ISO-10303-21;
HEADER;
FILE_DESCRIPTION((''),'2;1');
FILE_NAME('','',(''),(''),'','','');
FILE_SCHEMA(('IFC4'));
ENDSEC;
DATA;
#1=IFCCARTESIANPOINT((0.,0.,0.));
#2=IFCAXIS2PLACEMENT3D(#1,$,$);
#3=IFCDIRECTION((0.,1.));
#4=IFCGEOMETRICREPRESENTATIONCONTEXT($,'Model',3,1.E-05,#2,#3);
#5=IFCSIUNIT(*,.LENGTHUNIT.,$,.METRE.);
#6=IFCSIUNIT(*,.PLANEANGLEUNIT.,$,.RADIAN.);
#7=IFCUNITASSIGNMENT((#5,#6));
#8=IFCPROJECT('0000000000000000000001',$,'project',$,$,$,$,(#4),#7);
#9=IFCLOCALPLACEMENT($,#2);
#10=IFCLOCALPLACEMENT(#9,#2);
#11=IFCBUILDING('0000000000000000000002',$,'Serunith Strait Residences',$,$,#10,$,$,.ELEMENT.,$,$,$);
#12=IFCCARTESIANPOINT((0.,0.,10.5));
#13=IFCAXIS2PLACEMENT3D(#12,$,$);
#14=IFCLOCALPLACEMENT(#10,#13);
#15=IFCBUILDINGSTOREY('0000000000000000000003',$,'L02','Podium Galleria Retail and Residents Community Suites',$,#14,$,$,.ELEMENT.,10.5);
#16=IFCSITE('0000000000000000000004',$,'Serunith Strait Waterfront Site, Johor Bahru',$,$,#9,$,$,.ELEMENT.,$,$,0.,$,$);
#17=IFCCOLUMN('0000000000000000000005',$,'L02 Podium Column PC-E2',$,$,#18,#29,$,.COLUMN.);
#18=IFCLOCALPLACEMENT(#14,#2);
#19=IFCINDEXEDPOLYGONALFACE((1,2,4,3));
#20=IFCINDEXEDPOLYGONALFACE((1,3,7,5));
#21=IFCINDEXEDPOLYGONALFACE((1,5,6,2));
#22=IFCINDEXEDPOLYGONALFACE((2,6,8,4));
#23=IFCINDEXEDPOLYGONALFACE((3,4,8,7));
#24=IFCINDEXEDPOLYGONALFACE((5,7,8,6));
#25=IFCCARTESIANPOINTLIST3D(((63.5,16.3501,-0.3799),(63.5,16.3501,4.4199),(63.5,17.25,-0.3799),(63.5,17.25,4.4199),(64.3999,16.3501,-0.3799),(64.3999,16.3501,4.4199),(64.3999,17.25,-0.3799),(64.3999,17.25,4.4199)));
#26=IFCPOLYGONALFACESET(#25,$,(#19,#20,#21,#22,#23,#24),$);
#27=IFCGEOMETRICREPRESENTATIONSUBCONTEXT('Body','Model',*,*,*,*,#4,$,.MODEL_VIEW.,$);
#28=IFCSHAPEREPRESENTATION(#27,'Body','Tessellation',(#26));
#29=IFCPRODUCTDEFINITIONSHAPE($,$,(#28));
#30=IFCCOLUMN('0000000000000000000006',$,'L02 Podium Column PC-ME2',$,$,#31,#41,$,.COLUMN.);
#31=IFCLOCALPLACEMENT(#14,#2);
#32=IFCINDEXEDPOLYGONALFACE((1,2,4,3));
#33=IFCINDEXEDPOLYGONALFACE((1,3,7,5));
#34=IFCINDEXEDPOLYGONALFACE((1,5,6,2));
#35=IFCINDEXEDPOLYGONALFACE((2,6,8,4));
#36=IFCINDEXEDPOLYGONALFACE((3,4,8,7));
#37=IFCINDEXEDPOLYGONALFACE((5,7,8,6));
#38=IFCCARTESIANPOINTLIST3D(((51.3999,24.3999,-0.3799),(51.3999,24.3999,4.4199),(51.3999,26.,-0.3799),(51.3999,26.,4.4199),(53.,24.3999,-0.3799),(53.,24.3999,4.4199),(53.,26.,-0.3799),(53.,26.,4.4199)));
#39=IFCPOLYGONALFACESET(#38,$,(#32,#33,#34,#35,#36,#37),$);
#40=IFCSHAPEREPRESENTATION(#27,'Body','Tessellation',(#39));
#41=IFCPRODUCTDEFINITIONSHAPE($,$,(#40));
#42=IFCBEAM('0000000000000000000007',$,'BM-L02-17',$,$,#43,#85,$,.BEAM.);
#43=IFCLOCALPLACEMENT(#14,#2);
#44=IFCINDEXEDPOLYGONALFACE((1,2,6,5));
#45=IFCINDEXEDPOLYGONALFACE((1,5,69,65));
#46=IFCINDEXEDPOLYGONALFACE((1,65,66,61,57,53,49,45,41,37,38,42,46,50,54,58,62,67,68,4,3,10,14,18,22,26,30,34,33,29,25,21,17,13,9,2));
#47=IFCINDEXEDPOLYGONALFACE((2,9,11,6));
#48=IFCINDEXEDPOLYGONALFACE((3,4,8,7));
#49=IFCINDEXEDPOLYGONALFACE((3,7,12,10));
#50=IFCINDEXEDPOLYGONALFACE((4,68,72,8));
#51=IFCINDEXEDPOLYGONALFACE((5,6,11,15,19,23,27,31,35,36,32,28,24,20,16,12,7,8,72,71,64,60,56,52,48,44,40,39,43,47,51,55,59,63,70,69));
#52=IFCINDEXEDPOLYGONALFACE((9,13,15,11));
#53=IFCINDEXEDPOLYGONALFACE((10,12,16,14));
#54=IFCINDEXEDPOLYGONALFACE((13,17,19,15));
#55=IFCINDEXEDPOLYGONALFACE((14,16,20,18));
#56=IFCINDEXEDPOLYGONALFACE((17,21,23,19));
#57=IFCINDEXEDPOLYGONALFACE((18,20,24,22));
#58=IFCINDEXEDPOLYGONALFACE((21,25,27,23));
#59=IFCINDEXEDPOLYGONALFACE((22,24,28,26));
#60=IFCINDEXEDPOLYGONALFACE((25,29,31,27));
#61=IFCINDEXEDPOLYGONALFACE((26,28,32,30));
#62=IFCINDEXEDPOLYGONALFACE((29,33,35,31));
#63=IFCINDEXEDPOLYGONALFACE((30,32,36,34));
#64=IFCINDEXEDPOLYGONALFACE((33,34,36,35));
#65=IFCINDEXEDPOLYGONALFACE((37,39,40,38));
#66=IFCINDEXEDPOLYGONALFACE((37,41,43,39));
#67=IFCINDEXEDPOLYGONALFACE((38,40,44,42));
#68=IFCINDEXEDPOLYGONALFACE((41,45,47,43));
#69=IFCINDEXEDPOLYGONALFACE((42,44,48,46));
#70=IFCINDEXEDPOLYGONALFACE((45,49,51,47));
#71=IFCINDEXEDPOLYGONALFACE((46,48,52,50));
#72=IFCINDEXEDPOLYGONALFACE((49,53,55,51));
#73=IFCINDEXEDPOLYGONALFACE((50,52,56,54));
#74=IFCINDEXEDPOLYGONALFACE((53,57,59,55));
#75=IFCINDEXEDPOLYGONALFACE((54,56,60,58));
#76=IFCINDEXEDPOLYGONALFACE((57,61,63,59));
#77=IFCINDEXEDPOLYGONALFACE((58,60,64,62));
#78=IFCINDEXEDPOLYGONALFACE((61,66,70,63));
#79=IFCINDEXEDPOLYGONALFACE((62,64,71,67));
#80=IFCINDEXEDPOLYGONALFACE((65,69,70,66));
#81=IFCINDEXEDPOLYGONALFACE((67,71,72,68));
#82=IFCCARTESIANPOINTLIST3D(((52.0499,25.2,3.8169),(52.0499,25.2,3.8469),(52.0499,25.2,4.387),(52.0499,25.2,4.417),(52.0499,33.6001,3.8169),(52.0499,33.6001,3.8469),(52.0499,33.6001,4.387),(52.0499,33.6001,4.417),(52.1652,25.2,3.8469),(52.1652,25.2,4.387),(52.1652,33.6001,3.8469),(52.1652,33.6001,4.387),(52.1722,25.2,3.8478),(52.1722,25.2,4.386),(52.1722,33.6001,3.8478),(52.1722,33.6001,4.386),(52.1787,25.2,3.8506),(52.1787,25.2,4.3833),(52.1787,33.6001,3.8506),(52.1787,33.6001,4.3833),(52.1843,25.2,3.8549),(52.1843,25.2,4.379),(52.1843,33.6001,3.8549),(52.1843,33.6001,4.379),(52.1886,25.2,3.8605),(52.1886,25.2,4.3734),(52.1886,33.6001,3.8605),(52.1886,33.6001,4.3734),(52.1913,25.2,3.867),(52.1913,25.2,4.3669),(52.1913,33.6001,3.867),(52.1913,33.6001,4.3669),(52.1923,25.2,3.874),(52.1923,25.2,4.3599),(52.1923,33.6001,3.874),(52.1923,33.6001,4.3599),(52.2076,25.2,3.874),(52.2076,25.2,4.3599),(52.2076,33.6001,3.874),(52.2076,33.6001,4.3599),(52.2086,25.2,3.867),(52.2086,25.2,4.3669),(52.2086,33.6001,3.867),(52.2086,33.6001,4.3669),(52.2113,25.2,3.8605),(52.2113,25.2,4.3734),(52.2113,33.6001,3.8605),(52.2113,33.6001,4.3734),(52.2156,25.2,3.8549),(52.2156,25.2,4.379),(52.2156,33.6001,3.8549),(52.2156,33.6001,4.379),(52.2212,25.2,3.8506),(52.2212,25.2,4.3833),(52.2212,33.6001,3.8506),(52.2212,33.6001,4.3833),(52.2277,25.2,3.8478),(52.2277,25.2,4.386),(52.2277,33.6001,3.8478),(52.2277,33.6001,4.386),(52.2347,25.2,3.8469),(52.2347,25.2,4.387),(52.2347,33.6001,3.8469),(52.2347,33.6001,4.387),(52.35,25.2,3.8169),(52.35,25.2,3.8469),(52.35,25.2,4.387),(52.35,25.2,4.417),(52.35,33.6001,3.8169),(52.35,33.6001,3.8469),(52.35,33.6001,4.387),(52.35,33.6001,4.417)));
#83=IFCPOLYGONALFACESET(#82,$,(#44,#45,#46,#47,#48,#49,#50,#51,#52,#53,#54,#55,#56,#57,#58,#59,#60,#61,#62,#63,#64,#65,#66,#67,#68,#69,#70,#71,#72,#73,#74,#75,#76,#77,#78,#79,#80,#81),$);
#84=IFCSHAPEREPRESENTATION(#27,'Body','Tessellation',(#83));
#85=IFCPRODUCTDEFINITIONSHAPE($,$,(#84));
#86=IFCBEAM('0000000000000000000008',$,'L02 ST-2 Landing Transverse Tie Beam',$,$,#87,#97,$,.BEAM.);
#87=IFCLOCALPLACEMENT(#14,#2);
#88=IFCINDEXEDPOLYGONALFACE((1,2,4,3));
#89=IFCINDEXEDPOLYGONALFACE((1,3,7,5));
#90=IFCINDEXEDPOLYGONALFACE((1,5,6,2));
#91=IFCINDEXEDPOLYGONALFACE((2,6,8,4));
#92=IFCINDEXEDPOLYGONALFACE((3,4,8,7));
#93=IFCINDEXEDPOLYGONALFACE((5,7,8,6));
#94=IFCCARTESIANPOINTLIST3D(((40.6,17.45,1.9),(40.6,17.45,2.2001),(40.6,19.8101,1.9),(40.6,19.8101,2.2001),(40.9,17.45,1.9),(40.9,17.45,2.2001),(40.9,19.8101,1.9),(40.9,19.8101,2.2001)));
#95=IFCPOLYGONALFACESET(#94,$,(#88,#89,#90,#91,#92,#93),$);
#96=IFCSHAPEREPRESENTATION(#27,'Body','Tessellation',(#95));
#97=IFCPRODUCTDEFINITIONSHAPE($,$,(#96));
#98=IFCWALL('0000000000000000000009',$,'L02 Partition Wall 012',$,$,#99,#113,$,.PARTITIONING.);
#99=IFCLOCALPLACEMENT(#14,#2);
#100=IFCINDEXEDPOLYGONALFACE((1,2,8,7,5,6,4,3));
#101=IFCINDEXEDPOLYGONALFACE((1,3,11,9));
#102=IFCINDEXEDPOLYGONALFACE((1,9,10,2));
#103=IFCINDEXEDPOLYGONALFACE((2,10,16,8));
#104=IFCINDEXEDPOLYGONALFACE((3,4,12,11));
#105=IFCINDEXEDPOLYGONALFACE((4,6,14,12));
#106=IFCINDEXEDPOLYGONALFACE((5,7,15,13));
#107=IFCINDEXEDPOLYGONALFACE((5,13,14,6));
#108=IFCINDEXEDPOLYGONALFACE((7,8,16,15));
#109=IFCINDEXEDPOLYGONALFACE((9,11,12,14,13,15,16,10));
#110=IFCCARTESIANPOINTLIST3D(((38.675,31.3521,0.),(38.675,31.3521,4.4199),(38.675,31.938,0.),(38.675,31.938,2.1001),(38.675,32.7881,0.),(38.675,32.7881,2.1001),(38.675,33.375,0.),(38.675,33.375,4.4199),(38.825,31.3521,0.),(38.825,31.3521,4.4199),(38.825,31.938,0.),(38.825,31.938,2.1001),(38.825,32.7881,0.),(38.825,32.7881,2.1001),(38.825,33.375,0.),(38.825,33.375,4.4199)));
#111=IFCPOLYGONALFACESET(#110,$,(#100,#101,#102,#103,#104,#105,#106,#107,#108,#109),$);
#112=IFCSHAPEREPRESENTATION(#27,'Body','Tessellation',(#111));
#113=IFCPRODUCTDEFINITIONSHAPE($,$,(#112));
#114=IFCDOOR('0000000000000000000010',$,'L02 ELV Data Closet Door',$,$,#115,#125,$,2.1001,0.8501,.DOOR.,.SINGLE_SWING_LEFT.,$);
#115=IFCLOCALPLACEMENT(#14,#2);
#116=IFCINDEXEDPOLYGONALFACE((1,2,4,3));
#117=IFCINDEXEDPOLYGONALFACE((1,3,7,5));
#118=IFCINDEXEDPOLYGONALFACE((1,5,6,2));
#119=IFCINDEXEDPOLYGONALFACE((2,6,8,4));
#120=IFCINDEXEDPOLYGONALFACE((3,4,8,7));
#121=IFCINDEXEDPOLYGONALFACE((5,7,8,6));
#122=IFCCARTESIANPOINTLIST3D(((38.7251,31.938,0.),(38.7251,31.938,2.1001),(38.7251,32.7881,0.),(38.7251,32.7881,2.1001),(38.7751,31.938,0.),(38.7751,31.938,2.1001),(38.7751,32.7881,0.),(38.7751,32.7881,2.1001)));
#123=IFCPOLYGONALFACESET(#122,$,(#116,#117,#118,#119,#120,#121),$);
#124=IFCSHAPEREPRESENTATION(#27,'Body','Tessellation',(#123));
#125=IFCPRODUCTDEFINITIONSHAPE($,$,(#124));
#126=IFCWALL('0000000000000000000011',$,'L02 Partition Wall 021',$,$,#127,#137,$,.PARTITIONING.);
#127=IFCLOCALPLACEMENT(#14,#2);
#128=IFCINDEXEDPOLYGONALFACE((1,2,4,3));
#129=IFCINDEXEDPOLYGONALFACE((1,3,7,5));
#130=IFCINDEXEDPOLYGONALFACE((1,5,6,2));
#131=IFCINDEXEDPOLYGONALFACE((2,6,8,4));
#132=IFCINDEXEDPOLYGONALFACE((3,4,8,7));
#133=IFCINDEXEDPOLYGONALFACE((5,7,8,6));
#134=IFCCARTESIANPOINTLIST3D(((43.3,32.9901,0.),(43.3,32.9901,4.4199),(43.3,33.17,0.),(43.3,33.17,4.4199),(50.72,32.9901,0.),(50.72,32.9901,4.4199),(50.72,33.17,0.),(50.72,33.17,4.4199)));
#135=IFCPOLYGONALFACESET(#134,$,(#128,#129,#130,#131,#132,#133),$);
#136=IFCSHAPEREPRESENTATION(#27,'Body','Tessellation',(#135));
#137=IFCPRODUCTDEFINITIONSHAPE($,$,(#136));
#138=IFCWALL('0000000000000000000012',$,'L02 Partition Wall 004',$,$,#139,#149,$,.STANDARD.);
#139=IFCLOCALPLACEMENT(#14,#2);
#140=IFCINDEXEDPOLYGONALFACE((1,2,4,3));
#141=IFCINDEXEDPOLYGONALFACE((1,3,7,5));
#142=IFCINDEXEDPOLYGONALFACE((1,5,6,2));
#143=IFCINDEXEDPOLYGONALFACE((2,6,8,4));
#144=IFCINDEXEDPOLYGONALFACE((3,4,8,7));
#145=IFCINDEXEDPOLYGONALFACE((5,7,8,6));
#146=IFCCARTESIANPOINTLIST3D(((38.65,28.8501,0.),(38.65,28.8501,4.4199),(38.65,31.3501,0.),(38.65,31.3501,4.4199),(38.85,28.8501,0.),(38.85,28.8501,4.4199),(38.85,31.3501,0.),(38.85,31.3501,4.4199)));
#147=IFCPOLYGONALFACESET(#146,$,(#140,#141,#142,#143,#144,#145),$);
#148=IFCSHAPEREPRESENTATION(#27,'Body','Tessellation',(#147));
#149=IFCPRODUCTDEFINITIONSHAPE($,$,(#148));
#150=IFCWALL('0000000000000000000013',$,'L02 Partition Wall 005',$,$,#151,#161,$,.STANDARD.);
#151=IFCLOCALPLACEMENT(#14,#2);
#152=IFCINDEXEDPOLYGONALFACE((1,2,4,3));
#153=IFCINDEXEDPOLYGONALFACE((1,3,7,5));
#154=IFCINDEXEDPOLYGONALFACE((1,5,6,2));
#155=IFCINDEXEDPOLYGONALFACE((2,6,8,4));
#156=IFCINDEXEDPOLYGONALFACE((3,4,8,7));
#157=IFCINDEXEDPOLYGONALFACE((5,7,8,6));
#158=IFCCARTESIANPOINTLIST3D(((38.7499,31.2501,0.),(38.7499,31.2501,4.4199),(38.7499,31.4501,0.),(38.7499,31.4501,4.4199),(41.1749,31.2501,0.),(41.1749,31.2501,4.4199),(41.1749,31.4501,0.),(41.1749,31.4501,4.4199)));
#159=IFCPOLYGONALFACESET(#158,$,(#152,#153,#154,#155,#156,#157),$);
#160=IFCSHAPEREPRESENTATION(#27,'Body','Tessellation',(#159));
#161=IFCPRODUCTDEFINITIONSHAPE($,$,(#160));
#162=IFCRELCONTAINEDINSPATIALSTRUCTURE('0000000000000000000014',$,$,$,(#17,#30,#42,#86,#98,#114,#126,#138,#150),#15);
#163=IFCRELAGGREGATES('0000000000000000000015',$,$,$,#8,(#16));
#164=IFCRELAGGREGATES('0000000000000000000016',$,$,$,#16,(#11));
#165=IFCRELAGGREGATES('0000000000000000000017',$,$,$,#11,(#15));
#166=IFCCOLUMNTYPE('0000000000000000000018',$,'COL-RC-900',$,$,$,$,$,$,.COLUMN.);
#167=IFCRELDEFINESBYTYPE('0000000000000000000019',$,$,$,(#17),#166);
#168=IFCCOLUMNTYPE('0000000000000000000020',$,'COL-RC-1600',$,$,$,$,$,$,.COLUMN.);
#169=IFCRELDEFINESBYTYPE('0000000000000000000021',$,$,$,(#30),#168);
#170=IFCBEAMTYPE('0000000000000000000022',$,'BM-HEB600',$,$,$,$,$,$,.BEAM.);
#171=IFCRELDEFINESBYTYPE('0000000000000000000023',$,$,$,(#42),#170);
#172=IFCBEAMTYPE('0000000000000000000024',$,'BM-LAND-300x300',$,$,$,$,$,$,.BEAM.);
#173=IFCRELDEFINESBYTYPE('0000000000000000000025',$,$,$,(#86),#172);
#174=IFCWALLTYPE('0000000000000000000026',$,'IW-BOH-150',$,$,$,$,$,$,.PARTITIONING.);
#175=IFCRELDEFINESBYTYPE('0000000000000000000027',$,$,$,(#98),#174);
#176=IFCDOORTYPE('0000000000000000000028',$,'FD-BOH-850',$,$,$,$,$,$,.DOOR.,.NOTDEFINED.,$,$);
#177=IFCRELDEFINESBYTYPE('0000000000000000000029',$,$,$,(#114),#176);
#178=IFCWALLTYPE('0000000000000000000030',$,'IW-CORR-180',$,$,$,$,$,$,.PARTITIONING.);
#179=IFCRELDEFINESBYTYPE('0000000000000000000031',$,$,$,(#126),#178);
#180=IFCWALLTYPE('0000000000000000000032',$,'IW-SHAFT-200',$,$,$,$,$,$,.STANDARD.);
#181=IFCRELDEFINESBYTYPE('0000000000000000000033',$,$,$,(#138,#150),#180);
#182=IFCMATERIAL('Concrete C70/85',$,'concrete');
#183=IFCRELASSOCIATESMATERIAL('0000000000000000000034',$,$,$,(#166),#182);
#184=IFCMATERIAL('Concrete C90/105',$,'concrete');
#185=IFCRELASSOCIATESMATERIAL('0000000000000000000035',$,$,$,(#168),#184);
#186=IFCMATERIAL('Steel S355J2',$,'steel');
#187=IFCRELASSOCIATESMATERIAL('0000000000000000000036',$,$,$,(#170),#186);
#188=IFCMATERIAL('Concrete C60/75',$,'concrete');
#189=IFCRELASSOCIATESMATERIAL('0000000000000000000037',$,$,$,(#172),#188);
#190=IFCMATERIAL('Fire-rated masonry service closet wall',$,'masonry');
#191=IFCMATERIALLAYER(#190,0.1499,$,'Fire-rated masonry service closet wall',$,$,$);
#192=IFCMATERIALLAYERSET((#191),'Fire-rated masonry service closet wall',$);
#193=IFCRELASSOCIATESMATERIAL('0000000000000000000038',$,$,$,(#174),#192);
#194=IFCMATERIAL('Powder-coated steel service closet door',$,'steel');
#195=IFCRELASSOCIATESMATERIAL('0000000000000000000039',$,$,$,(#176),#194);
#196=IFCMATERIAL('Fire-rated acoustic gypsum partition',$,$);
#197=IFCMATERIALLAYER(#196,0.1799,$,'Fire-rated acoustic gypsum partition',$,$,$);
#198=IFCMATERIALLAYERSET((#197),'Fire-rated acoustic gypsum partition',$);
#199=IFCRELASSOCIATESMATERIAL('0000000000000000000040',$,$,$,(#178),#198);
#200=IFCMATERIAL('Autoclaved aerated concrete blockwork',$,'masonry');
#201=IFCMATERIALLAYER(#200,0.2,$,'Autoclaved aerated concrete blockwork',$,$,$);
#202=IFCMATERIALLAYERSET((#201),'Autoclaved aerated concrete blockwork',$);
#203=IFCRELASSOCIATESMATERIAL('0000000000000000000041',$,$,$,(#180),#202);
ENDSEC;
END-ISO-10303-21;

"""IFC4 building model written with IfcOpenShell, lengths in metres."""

from ifc_helpers import new_model, si_unit, direction, frame, frame_2d, origin, origin_2d, place, context, subcontext, project, spatial, rectangle, i_section, extrude, source, transform, mapped, material, layer, layer_set, material_profile, profile_set, type_object, element, fill, save


model = new_model("IFC4")

# Units and contexts
model_context = context("Model", 3, precision=1e-05, world=origin(), true_north=direction((0.0, 1.0)))
body_context = subcontext(model_context, "Body", "Model", "MODEL_VIEW")
ifc_project = project(units=[si_unit("LENGTHUNIT", "METRE"), si_unit("PLANEANGLEUNIT", "RADIAN")], contexts=[model_context])

# Site, building, storey
site_placement = place(None, origin())
site = spatial("IfcSite", under=ifc_project, at=site_placement, Name="Serunith Strait Waterfront Site, Johor Bahru", CompositionType="ELEMENT", RefElevation=0.0)
building_placement = place(site_placement, origin())
building = spatial("IfcBuilding", under=site, at=building_placement, Name="Serunith Strait Residences", CompositionType="ELEMENT")
storey_placement = place(building_placement, frame((0.0, 0.0, 10.5)))
storey = spatial("IfcBuildingStorey", under=building, at=storey_placement, Name="L02", Description="Podium Galleria Retail and Residents Community Suites", CompositionType="ELEMENT", Elevation=10.5)

# Columns
ifc_material_1 = material(Name="Concrete C70/85", Category="concrete")
ifc_material_profile_1 = material_profile(ifc_material_1, rectangle(XDim=0.8999, YDim=0.8999, at=origin_2d()), Name="RC 900x900")
ifc_profile_set_1 = profile_set([ifc_material_profile_1], Name="Concrete C70/85")
column_type_1 = type_object("IfcColumnType", Name="COL-RC-900", PredefinedType="COLUMN", material=ifc_profile_set_1)
shared_shape_1 = source(origin(), body_context, "Body", "SweptSolid", [
    extrude(rectangle(XDim=0.8999, YDim=0.8999, at=origin_2d()), origin(), (0.0, 0.0, 1.0), 4.7998),
])
column_1_placement = place(storey_placement, frame((63.95, 16.8, -0.3799), z_axis=(0.0, 0.0, 1.0), x_axis=(1.0, 0.0, 0.0)))
element("IfcColumn", 1, at=column_1_placement, inside=storey, type_object=column_type_1, Name="L02 Podium Column PC-E2", PredefinedType="COLUMN", context=body_context, shape_type="MappedRepresentation", body=[
    mapped(shared_shape_1, transform((0.0, 0.0, 0.0), scale=1.0)),
])
ifc_material_2 = material(Name="Concrete C90/105", Category="concrete")
ifc_material_profile_2 = material_profile(ifc_material_2, rectangle(XDim=1.6001, YDim=1.6001, at=origin_2d()), Name="RC 1600x1600")
ifc_profile_set_2 = profile_set([ifc_material_profile_2], Name="Concrete C90/105")
column_type_2 = type_object("IfcColumnType", Name="COL-RC-1600", PredefinedType="COLUMN", material=ifc_profile_set_2)
shared_shape_2 = source(origin(), body_context, "Body", "SweptSolid", [
    extrude(rectangle(XDim=1.6001, YDim=1.6001, at=origin_2d()), origin(), (0.0, 0.0, 1.0), 4.7998),
])
column_2_placement = place(storey_placement, frame((52.2, 25.2, -0.3799), z_axis=(0.0, 0.0, 1.0), x_axis=(1.0, 0.0, 0.0)))
element("IfcColumn", 2, at=column_2_placement, inside=storey, type_object=column_type_2, Name="L02 Podium Column PC-ME2", PredefinedType="COLUMN", context=body_context, shape_type="MappedRepresentation", body=[
    mapped(shared_shape_2, transform((0.0, 0.0, 0.0), scale=1.0)),
])

# Beams
ifc_material_3 = material(Name="Steel S355J2", Category="steel")
ifc_material_profile_3 = material_profile(ifc_material_3, i_section(OverallWidth=0.3, OverallDepth=0.6001, WebThickness=0.0154, FlangeThickness=0.03, FilletRadius=0.0271, at=origin_2d()), Name="HEB 600")
ifc_profile_set_3 = profile_set([ifc_material_profile_3], Name="Steel S355J2")
beam_type_1 = type_object("IfcBeamType", Name="BM-HEB600", PredefinedType="BEAM", material=ifc_profile_set_3)
shared_shape_3 = source(origin(), body_context, "Body", "SweptSolid", [
    extrude(i_section(OverallWidth=0.3, OverallDepth=0.6001, WebThickness=0.0154, FlangeThickness=0.03, FilletRadius=0.0271, at=origin_2d()), origin(), (0.0, 0.0, 1.0), 8.4001),
])
beam_1_placement = place(storey_placement, frame((52.2, 25.2, 4.1169), z_axis=(0.0, 1.0, 0.0), x_axis=(-1.0, 0.0, 0.0)))
element("IfcBeam", 3, at=beam_1_placement, inside=storey, type_object=beam_type_1, Name="BM-L02-17", PredefinedType="BEAM", context=body_context, shape_type="MappedRepresentation", body=[
    mapped(shared_shape_3, transform((0.0, 0.0, 0.0), scale=1.0)),
])
ifc_material_4 = material(Name="Concrete C60/75", Category="concrete")
ifc_material_profile_4 = material_profile(ifc_material_4, rectangle(XDim=0.3, YDim=0.3, at=origin_2d()), Name="RC 300x300")
ifc_profile_set_4 = profile_set([ifc_material_profile_4], Name="Concrete C60/75")
beam_type_2 = type_object("IfcBeamType", Name="BM-LAND-300x300", PredefinedType="BEAM", material=ifc_profile_set_4)
shared_shape_4 = source(origin(), body_context, "Body", "SweptSolid", [
    extrude(rectangle(XDim=0.3, YDim=0.3, at=origin_2d()), origin(), (0.0, 0.0, 1.0), 2.3601),
])
beam_2_placement = place(storey_placement, frame((40.75, 17.45, 2.05), z_axis=(0.0, 1.0, 0.0), x_axis=(-1.0, 0.0, 0.0)))
element("IfcBeam", 4, at=beam_2_placement, inside=storey, type_object=beam_type_2, Name="L02 ST-2 Landing Transverse Tie Beam", PredefinedType="BEAM", context=body_context, shape_type="MappedRepresentation", body=[
    mapped(shared_shape_4, transform((0.0, 0.0, 0.0), scale=1.0)),
])

# Wall, opening, door
ifc_material_5 = material(Name="Fire-rated masonry service closet wall", Category="masonry")
ifc_layer_1 = layer(ifc_material_5, 0.1499, Name="Fire-rated masonry service closet wall")
ifc_layer_set_1 = layer_set([ifc_layer_1], Name="Fire-rated masonry service closet wall")
wall_type_1 = type_object("IfcWallType", Name="IW-BOH-150", PredefinedType="PARTITIONING", material=ifc_layer_set_1)
wall_1_placement = place(storey_placement, frame((38.75, 31.3521, 0.0), z_axis=(0.0, 0.0, 1.0), x_axis=(0.0, 1.0, 0.0)))
wall_1 = element("IfcWall", 5, at=wall_1_placement, inside=storey, type_object=wall_type_1, Name="L02 Partition Wall 012", PredefinedType="PARTITIONING", context=body_context, shape_type="SweptSolid", body=[
    extrude(rectangle(XDim=2.0229, YDim=0.1499, at=frame_2d((1.0115, 0.0))), origin(), (0.0, 0.0, 1.0), 4.4199),
])
opening_1_placement = place(wall_1_placement, frame((0.5859, 0.0, 0.0)))
opening_1 = element("IfcOpeningElement", 6, at=opening_1_placement, cuts=wall_1, PredefinedType="OPENING", context=body_context, shape_type="SweptSolid", body=[
    extrude(rectangle(XDim=0.8501, YDim=2.1001, at=frame_2d((0.425, 1.05))), frame((0.0, 0.085, 0.0), z_axis=(0.0, -1.0, 0.0), x_axis=(1.0, 0.0, 0.0)), (0.0, 0.0, 1.0), 0.1699),
])
ifc_material_6 = material(Name="Powder-coated steel service closet door", Category="steel")
door_type_1 = type_object("IfcDoorType", Name="FD-BOH-850", OperationType="NOTDEFINED", PredefinedType="DOOR", material=ifc_material_6)
shared_shape_5 = source(origin(), body_context, "Body", "SweptSolid", [
    extrude(rectangle(XDim=0.8501, YDim=2.1001, at=frame_2d((0.425, 1.05))), frame((0.0, 0.0249, 0.0), z_axis=(0.0, -1.0, 0.0), x_axis=(1.0, 0.0, 0.0)), (0.0, 0.0, 1.0), 0.05),
])
door_1_placement = place(opening_1_placement, origin())
door_1 = element("IfcDoor", 7, at=door_1_placement, inside=storey, type_object=door_type_1, Name="L02 ELV Data Closet Door", OperationType="SINGLE_SWING_LEFT", OverallHeight=2.1001, OverallWidth=0.8501, PredefinedType="DOOR", context=body_context, shape_type="MappedRepresentation", body=[
    mapped(shared_shape_5, transform((0.0, 0.0, 0.0), scale=1.0)),
])
fill(opening_1, door_1)

# Walls
ifc_material_7 = material(Name="Fire-rated acoustic gypsum partition")
ifc_layer_2 = layer(ifc_material_7, 0.1799, Name="Fire-rated acoustic gypsum partition")
ifc_layer_set_2 = layer_set([ifc_layer_2], Name="Fire-rated acoustic gypsum partition")
wall_type_2 = type_object("IfcWallType", Name="IW-CORR-180", PredefinedType="PARTITIONING", material=ifc_layer_set_2)
wall_2_placement = place(storey_placement, frame((43.3, 33.0801, 0.0), z_axis=(0.0, 0.0, 1.0), x_axis=(1.0, 0.0, 0.0)))
element("IfcWall", 8, at=wall_2_placement, inside=storey, type_object=wall_type_2, Name="L02 Partition Wall 021", PredefinedType="PARTITIONING", context=body_context, shape_type="SweptSolid", body=[
    extrude(rectangle(XDim=7.4199, YDim=0.1799, at=frame_2d((3.71, 0.0))), origin(), (0.0, 0.0, 1.0), 4.4199),
])
ifc_material_8 = material(Name="Autoclaved aerated concrete blockwork", Category="masonry")
ifc_layer_3 = layer(ifc_material_8, 0.2, Name="Autoclaved aerated concrete blockwork")
ifc_layer_set_3 = layer_set([ifc_layer_3], Name="Autoclaved aerated concrete blockwork")
wall_type_3 = type_object("IfcWallType", Name="IW-SHAFT-200", PredefinedType="STANDARD", material=ifc_layer_set_3)
wall_3_placement = place(storey_placement, frame((38.75, 28.8501, 0.0), z_axis=(0.0, 0.0, 1.0), x_axis=(0.0, 1.0, 0.0)))
element("IfcWall", 9, at=wall_3_placement, inside=storey, type_object=wall_type_3, Name="L02 Partition Wall 004", PredefinedType="STANDARD", context=body_context, shape_type="SweptSolid", body=[
    extrude(rectangle(XDim=2.5, YDim=0.2, at=frame_2d((1.25, 0.0))), origin(), (0.0, 0.0, 1.0), 4.4199),
])
wall_4_placement = place(storey_placement, frame((38.75, 31.3501, 0.0), z_axis=(0.0, 0.0, 1.0), x_axis=(1.0, 0.0, 0.0)))
element("IfcWall", 10, at=wall_4_placement, inside=storey, type_object=wall_type_3, Name="L02 Partition Wall 005", PredefinedType="STANDARD", context=body_context, shape_type="SweptSolid", body=[
    extrude(rectangle(XDim=2.425, YDim=0.2, at=frame_2d((1.2124, 0.0))), origin(), (0.0, 0.0, 1.0), 4.4199),
])

save(model, "model.ifc")
